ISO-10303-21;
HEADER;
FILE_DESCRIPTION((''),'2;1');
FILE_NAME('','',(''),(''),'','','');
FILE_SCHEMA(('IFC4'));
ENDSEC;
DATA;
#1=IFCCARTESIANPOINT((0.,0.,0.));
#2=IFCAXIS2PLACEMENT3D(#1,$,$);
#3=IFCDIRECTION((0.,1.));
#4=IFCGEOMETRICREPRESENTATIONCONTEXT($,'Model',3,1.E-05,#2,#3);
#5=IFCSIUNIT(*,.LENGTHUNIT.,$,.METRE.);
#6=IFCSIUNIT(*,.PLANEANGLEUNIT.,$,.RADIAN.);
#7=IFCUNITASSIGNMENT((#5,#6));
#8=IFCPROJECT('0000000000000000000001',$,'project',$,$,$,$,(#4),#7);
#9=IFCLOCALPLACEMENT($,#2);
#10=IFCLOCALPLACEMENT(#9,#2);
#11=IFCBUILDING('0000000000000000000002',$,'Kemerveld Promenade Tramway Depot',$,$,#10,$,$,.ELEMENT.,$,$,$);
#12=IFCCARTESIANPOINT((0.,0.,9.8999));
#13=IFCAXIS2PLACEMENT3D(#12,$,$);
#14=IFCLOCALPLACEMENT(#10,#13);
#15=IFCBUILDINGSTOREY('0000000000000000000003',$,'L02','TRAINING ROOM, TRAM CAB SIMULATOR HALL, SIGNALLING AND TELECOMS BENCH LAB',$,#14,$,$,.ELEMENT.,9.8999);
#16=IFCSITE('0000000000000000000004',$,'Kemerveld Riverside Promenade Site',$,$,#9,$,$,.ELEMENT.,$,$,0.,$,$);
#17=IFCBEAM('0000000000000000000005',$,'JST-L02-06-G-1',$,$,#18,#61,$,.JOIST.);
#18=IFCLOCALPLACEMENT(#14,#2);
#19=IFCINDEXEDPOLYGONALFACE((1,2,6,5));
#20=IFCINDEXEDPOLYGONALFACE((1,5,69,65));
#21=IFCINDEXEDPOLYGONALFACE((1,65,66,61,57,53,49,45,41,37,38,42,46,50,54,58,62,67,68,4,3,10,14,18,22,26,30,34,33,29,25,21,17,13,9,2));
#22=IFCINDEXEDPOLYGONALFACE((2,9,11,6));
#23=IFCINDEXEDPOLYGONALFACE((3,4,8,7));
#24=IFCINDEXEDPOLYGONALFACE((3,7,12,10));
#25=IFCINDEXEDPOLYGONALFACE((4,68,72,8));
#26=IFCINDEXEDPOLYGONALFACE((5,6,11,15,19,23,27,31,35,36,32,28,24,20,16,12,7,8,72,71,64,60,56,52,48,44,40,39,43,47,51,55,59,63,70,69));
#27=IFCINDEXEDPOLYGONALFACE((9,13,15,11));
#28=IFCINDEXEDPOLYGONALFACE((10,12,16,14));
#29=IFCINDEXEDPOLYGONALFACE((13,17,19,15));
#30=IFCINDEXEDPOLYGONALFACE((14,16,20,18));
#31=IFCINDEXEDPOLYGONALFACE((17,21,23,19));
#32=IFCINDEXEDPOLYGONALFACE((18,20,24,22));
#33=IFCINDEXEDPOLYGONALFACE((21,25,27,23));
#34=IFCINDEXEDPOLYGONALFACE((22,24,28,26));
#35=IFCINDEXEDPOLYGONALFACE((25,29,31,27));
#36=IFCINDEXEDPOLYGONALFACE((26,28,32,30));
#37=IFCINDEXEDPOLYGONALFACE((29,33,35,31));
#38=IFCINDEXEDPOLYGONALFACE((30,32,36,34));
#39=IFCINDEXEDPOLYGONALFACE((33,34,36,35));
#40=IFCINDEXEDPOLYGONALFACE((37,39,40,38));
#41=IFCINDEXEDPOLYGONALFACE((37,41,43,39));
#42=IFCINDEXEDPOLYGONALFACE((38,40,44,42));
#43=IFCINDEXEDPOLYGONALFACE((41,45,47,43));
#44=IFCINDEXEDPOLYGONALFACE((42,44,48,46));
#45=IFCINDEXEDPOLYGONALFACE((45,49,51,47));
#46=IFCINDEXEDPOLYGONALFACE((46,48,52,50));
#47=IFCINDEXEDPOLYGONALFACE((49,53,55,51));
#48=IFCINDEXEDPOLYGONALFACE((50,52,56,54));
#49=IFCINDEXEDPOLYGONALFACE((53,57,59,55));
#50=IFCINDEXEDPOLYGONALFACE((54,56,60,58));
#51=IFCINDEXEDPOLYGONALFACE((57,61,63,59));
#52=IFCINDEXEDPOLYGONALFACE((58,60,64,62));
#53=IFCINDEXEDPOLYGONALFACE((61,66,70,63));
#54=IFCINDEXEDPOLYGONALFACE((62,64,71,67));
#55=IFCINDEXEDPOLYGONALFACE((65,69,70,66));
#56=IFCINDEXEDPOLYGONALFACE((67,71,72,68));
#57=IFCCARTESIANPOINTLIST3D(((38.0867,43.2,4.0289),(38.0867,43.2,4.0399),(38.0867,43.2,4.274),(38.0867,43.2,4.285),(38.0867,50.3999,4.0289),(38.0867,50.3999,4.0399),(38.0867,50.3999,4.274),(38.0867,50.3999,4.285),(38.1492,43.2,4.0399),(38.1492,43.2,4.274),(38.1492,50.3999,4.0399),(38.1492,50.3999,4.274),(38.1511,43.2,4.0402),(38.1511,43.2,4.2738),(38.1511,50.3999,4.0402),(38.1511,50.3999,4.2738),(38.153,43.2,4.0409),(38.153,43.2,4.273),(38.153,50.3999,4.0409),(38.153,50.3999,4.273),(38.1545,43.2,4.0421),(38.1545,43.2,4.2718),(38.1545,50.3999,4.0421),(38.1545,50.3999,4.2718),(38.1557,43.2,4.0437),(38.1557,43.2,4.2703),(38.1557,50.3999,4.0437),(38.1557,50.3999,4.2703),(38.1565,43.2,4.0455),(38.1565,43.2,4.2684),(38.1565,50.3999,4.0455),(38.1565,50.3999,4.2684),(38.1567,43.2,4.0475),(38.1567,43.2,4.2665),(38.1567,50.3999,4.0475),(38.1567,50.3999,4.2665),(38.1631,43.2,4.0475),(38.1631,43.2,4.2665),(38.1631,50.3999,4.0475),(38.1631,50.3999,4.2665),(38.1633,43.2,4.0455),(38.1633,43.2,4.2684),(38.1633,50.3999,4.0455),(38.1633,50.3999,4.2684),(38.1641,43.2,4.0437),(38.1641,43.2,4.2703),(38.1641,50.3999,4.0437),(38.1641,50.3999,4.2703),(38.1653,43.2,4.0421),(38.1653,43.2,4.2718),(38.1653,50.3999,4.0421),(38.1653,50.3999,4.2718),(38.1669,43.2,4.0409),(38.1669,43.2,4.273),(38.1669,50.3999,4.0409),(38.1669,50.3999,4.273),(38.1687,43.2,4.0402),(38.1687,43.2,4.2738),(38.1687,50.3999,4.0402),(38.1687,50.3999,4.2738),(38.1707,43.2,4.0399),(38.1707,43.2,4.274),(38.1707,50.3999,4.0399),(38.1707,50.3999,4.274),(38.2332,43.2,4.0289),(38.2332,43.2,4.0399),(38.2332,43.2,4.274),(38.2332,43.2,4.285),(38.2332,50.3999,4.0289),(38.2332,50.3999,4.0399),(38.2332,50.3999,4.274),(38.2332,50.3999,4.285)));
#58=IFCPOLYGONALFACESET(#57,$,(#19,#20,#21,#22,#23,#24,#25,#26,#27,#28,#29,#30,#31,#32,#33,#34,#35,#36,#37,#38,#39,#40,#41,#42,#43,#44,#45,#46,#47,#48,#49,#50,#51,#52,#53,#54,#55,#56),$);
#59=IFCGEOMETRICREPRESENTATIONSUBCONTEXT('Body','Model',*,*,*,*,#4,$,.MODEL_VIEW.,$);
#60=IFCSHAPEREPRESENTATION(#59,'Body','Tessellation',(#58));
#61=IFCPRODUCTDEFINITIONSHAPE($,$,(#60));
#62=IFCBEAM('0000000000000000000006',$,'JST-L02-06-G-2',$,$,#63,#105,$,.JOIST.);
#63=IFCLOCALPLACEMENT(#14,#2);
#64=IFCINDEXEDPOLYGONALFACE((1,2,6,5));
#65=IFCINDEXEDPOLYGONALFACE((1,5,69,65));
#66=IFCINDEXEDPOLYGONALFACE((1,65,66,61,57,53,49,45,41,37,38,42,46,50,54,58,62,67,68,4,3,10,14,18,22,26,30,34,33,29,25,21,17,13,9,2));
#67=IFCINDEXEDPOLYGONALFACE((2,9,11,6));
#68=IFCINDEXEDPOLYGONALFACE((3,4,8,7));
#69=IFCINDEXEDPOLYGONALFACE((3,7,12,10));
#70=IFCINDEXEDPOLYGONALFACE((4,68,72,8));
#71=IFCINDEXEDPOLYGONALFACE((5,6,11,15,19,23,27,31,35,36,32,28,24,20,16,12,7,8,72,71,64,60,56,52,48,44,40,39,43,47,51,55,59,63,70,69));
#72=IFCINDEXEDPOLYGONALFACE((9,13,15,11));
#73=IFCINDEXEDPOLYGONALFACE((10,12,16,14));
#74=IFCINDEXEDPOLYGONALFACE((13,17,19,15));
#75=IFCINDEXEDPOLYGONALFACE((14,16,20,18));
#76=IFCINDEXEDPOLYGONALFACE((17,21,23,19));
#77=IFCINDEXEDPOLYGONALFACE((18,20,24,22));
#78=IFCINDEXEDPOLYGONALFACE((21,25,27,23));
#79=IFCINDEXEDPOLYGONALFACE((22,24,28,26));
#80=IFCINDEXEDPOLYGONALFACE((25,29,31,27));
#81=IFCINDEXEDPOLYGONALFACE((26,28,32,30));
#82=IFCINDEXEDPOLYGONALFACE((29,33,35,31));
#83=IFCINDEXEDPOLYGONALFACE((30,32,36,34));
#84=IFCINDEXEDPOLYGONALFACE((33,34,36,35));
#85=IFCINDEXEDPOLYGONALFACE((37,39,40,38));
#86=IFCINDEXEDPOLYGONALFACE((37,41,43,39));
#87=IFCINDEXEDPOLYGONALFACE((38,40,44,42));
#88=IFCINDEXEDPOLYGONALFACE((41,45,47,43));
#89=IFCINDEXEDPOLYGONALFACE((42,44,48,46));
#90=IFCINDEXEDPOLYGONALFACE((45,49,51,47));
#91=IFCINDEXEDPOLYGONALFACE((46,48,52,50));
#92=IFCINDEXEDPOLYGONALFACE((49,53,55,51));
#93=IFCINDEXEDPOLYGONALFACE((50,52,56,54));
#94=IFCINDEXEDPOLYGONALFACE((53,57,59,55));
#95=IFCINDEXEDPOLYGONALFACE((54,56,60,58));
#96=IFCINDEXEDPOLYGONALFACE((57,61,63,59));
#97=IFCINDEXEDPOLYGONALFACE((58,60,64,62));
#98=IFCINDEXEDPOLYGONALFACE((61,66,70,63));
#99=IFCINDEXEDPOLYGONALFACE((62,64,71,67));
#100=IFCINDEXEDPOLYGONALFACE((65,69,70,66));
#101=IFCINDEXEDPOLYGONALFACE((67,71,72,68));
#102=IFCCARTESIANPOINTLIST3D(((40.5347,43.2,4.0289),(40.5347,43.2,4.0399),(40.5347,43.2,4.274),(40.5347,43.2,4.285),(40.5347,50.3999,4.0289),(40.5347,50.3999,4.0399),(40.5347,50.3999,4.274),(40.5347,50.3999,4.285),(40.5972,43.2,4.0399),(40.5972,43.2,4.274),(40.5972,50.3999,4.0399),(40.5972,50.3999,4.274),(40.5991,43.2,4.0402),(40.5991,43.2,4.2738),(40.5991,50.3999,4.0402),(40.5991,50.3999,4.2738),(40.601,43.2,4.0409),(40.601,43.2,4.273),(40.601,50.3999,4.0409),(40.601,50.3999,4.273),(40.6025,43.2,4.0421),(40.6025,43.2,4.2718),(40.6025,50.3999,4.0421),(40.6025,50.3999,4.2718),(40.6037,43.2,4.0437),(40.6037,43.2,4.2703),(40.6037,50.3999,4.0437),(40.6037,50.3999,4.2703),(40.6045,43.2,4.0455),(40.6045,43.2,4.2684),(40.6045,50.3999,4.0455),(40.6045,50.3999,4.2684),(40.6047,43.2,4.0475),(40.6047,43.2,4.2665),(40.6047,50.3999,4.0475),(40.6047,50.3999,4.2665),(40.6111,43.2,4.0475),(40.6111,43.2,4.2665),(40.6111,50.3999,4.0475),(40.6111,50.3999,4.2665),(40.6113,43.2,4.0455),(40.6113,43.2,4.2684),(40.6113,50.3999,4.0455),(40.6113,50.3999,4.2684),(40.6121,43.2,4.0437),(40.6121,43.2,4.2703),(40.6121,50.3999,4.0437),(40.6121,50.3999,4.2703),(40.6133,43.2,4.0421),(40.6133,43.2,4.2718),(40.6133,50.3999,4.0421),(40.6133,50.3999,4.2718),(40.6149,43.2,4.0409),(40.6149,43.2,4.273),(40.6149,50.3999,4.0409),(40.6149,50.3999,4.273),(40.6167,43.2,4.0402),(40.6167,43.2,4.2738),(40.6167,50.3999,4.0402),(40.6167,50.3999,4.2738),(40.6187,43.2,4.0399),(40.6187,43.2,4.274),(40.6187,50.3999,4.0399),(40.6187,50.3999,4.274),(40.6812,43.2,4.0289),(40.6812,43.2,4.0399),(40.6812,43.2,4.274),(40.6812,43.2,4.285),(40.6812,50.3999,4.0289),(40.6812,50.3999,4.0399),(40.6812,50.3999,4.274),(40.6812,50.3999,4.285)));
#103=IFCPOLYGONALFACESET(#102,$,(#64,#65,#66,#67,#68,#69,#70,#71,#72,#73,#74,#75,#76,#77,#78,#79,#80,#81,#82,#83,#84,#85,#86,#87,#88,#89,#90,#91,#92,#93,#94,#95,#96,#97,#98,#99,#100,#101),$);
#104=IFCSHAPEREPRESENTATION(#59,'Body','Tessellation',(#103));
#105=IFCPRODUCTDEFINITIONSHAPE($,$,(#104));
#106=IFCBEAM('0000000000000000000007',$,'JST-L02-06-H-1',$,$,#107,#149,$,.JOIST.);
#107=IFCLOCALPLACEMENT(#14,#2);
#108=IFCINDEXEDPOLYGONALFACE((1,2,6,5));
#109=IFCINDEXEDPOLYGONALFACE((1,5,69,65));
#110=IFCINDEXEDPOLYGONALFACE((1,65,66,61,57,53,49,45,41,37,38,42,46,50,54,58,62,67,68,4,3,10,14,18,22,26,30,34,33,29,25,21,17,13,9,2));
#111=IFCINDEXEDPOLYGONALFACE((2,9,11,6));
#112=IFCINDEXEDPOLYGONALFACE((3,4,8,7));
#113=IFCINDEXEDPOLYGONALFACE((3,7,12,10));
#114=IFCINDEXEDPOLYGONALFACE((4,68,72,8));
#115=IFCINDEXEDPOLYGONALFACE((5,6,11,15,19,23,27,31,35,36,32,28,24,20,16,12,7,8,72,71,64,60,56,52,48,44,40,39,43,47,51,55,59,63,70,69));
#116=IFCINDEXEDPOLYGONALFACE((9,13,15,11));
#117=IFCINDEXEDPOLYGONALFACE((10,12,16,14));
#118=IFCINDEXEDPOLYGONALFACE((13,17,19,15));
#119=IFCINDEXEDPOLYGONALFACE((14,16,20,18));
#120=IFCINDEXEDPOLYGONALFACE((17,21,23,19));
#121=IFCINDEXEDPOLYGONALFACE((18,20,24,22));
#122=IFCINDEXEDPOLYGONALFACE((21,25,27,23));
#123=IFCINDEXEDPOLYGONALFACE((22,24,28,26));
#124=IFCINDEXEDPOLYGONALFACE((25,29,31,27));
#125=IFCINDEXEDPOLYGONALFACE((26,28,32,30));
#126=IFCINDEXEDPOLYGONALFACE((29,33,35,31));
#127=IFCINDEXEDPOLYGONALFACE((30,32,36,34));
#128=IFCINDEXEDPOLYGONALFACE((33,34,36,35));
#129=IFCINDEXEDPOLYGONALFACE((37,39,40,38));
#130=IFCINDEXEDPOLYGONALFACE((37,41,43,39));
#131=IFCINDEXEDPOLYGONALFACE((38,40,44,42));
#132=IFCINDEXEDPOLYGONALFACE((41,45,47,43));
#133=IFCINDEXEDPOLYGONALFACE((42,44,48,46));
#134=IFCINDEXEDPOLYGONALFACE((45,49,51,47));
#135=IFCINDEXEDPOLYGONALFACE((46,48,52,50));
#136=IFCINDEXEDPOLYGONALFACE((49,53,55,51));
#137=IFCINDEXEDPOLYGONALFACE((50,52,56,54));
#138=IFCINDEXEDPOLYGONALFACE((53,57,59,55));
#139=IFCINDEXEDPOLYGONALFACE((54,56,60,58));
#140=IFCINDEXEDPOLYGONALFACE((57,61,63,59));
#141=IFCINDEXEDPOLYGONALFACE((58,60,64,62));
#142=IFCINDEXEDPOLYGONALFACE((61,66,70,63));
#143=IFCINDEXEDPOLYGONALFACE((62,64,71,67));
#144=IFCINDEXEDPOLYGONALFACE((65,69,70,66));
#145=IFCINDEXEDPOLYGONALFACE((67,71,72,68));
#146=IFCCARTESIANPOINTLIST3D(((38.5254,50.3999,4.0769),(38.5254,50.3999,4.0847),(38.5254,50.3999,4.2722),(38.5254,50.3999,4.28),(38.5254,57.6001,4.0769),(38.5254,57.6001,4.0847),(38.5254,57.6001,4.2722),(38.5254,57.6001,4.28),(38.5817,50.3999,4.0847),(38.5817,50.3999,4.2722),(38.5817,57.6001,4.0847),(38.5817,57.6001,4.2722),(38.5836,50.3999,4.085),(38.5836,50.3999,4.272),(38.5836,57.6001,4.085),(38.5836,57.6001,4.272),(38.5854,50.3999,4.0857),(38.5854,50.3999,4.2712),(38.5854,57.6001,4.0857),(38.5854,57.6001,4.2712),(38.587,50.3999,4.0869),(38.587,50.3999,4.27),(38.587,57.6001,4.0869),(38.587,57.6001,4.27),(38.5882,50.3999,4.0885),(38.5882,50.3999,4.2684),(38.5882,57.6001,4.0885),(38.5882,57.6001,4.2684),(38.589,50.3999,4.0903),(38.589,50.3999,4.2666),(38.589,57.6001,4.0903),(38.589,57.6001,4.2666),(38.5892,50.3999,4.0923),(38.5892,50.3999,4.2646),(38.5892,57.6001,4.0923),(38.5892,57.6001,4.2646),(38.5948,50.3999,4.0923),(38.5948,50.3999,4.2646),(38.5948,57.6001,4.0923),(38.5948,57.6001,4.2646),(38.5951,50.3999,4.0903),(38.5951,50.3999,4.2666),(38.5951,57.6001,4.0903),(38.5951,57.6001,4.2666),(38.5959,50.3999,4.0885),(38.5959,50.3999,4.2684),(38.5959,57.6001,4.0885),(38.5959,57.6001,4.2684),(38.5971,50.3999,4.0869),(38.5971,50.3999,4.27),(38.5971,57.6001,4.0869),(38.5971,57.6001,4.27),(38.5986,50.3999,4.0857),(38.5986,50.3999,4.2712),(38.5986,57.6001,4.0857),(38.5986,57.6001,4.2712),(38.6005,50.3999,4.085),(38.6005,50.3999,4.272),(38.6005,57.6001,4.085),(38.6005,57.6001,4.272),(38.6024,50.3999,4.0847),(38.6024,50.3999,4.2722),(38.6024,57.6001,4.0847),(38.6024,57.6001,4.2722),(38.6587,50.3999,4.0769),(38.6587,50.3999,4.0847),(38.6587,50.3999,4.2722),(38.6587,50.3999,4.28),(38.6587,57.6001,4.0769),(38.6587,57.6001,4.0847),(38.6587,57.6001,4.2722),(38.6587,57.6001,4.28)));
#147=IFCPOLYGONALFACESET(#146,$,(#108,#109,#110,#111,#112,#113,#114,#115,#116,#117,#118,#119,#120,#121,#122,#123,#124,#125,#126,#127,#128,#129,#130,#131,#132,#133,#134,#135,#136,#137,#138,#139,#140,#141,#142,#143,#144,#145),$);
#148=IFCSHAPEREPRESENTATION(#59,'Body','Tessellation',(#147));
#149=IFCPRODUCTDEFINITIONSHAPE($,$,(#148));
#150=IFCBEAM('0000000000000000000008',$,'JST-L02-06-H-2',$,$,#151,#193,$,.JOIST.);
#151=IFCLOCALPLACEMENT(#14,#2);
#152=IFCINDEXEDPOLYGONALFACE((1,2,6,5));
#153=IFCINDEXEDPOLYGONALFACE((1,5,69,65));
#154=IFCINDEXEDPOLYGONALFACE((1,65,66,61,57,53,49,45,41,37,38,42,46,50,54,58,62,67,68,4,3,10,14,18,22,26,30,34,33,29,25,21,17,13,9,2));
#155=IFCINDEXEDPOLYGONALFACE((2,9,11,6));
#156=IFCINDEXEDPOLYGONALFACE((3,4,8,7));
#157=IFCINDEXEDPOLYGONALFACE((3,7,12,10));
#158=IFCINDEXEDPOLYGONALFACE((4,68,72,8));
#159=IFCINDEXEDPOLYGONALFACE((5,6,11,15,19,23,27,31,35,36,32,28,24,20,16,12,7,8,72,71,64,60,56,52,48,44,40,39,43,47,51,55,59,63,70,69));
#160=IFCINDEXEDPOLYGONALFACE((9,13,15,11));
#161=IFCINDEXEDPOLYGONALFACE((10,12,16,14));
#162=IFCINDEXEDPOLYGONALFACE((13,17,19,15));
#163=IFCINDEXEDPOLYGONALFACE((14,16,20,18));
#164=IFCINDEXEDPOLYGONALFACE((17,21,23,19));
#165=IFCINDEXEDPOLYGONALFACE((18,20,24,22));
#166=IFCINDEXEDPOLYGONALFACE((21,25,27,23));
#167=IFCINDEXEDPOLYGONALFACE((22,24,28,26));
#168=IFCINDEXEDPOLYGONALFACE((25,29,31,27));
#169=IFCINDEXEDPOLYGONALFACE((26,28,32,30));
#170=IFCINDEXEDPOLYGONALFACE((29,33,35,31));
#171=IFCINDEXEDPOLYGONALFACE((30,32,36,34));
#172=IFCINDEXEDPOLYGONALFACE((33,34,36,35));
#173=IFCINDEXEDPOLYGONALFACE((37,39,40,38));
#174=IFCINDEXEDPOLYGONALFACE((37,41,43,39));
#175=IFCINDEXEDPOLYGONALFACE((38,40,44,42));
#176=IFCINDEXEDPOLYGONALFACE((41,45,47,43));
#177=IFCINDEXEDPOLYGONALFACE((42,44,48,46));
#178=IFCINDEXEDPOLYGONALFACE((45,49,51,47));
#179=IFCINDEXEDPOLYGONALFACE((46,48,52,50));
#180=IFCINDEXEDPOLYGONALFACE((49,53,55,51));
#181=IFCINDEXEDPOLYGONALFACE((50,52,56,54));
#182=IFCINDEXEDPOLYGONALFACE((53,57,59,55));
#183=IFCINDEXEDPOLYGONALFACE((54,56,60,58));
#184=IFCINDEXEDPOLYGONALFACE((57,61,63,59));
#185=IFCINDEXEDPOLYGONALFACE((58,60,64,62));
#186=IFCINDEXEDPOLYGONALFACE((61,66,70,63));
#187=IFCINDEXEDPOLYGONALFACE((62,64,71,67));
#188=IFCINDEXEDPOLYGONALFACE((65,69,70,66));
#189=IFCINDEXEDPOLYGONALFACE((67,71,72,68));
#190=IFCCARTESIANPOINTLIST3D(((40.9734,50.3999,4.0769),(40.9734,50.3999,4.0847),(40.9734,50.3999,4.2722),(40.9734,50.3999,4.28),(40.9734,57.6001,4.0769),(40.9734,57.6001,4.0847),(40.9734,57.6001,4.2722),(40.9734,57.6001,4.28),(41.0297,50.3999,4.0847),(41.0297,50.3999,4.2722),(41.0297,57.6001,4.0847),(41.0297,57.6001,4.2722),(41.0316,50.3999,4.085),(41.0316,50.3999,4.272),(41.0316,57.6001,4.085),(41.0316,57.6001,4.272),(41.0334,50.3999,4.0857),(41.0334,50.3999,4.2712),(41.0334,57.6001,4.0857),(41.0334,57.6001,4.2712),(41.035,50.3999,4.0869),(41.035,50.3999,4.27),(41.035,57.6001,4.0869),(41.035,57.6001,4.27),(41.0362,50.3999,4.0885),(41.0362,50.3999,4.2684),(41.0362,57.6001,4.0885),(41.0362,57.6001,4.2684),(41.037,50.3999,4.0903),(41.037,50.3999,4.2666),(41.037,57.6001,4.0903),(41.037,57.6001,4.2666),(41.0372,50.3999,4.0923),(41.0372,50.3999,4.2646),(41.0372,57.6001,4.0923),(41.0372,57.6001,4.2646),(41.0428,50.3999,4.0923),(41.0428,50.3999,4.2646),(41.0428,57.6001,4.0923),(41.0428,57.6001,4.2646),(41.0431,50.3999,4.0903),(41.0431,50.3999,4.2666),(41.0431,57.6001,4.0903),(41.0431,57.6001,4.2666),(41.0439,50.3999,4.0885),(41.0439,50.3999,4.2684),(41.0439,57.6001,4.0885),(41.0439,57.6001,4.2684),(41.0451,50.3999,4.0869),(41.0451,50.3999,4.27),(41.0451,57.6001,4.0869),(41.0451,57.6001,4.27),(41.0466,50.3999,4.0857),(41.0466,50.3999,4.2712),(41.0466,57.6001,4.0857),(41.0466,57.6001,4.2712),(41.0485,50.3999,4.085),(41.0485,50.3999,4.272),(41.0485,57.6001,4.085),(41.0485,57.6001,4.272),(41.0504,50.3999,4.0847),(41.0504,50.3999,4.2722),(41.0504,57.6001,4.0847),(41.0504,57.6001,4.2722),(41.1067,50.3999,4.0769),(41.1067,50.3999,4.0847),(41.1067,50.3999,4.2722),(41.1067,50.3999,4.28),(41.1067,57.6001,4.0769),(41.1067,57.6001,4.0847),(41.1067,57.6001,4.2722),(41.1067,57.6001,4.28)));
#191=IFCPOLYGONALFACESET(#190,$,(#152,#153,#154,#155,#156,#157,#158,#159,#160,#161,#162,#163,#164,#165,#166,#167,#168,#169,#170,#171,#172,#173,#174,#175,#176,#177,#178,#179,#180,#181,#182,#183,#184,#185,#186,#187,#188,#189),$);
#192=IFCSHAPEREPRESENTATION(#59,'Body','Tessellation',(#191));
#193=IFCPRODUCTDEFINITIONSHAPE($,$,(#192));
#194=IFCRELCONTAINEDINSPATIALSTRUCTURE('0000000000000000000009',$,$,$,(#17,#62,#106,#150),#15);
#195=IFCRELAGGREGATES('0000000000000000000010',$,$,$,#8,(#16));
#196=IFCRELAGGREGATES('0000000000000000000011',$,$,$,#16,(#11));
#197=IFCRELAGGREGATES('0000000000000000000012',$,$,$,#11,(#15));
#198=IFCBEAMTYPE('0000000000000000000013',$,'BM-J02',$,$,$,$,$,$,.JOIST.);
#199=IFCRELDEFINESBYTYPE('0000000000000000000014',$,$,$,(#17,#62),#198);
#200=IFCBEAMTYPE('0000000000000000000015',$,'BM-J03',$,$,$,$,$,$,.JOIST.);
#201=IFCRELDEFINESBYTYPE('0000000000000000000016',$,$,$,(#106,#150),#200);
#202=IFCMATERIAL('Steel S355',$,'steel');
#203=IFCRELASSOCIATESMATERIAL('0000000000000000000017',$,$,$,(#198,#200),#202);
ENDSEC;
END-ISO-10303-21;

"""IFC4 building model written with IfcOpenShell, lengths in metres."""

from ifc_helpers import new_model, si_unit, direction, frame, origin, origin_2d, place, context, subcontext, project, spatial, i_section, extrude, material, material_profile, profile_set, type_object, element, save


model = new_model("IFC4")

# Units and contexts
model_context = context("Model", 3, precision=1e-05, world=origin(), true_north=direction((0.0, 1.0)))
body_context = subcontext(model_context, "Body", "Model", "MODEL_VIEW")
ifc_project = project(units=[si_unit("LENGTHUNIT", "METRE"), si_unit("PLANEANGLEUNIT", "RADIAN")], contexts=[model_context])

# Site, building, storey
site_placement = place(None, origin())
site = spatial("IfcSite", under=ifc_project, at=site_placement, Name="Kemerveld Riverside Promenade Site", CompositionType="ELEMENT", RefElevation=0.0)
building_placement = place(site_placement, origin())
building = spatial("IfcBuilding", under=site, at=building_placement, Name="Kemerveld Promenade Tramway Depot", CompositionType="ELEMENT")
storey_placement = place(building_placement, frame((0.0, 0.0, 9.8999)))
storey = spatial("IfcBuildingStorey", under=building, at=storey_placement, Name="L02", Description="TRAINING ROOM, TRAM CAB SIMULATOR HALL, SIGNALLING AND TELECOMS BENCH LAB", CompositionType="ELEMENT", Elevation=9.8999)

# Shared definitions
ifc_material_1 = material(Name="Steel S355", Category="steel")

# Beams
ifc_material_profile_1 = material_profile(ifc_material_1, i_section(OverallWidth=0.1465, OverallDepth=0.2561, WebThickness=0.0063, FlangeThickness=0.011, FilletRadius=0.0076, at=origin_2d()), Name="254x146x37 UB")
ifc_profile_set_1 = profile_set([ifc_material_profile_1], Name="Steel S355")
beam_type_1 = type_object("IfcBeamType", Name="BM-J02", PredefinedType="JOIST", material=ifc_profile_set_1)
for number, where, z_axis, x_axis, name in (
    (1, (38.1599, 43.2, 4.157), (0.0, 1.0, 0.0), (-1.0, 0.0, 0.0), "JST-L02-06-G-1"),
    (2, (40.6079, 43.2, 4.157), (0.0, 1.0, 0.0), (-1.0, 0.0, 0.0), "JST-L02-06-G-2"),
):
    element("IfcBeam", number, at=place(storey_placement, frame(where, z_axis=z_axis, x_axis=x_axis)), inside=storey, type_object=beam_type_1, Name=name, PredefinedType="JOIST", context=body_context, shape_type="SweptSolid", body=[
        extrude(i_section(OverallWidth=0.1465, OverallDepth=0.2561, WebThickness=0.0063, FlangeThickness=0.011, FilletRadius=0.0076, at=origin_2d()), origin(), (0.0, 0.0, 1.0), 7.2),
    ])
ifc_material_profile_2 = material_profile(ifc_material_1, i_section(OverallWidth=0.1333, OverallDepth=0.2031, WebThickness=0.0056, FlangeThickness=0.0078, FilletRadius=0.0076, at=origin_2d()), Name="203x133x25 UB")
ifc_profile_set_2 = profile_set([ifc_material_profile_2], Name="Steel S355")
beam_type_2 = type_object("IfcBeamType", Name="BM-J03", PredefinedType="JOIST", material=ifc_profile_set_2)
for number, where, z_axis, x_axis, name in (
    (3, (38.592, 50.3999, 4.1785), (0.0, 1.0, 0.0), (-1.0, 0.0, 0.0), "JST-L02-06-H-1"),
    (4, (41.04, 50.3999, 4.1785), (0.0, 1.0, 0.0), (-1.0, 0.0, 0.0), "JST-L02-06-H-2"),
):
    element("IfcBeam", number, at=place(storey_placement, frame(where, z_axis=z_axis, x_axis=x_axis)), inside=storey, type_object=beam_type_2, Name=name, PredefinedType="JOIST", context=body_context, shape_type="SweptSolid", body=[
        extrude(i_section(OverallWidth=0.1333, OverallDepth=0.2031, WebThickness=0.0056, FlangeThickness=0.0078, FilletRadius=0.0076, at=origin_2d()), origin(), (0.0, 0.0, 1.0), 7.2002),
    ])

save(model, "model.ifc")
